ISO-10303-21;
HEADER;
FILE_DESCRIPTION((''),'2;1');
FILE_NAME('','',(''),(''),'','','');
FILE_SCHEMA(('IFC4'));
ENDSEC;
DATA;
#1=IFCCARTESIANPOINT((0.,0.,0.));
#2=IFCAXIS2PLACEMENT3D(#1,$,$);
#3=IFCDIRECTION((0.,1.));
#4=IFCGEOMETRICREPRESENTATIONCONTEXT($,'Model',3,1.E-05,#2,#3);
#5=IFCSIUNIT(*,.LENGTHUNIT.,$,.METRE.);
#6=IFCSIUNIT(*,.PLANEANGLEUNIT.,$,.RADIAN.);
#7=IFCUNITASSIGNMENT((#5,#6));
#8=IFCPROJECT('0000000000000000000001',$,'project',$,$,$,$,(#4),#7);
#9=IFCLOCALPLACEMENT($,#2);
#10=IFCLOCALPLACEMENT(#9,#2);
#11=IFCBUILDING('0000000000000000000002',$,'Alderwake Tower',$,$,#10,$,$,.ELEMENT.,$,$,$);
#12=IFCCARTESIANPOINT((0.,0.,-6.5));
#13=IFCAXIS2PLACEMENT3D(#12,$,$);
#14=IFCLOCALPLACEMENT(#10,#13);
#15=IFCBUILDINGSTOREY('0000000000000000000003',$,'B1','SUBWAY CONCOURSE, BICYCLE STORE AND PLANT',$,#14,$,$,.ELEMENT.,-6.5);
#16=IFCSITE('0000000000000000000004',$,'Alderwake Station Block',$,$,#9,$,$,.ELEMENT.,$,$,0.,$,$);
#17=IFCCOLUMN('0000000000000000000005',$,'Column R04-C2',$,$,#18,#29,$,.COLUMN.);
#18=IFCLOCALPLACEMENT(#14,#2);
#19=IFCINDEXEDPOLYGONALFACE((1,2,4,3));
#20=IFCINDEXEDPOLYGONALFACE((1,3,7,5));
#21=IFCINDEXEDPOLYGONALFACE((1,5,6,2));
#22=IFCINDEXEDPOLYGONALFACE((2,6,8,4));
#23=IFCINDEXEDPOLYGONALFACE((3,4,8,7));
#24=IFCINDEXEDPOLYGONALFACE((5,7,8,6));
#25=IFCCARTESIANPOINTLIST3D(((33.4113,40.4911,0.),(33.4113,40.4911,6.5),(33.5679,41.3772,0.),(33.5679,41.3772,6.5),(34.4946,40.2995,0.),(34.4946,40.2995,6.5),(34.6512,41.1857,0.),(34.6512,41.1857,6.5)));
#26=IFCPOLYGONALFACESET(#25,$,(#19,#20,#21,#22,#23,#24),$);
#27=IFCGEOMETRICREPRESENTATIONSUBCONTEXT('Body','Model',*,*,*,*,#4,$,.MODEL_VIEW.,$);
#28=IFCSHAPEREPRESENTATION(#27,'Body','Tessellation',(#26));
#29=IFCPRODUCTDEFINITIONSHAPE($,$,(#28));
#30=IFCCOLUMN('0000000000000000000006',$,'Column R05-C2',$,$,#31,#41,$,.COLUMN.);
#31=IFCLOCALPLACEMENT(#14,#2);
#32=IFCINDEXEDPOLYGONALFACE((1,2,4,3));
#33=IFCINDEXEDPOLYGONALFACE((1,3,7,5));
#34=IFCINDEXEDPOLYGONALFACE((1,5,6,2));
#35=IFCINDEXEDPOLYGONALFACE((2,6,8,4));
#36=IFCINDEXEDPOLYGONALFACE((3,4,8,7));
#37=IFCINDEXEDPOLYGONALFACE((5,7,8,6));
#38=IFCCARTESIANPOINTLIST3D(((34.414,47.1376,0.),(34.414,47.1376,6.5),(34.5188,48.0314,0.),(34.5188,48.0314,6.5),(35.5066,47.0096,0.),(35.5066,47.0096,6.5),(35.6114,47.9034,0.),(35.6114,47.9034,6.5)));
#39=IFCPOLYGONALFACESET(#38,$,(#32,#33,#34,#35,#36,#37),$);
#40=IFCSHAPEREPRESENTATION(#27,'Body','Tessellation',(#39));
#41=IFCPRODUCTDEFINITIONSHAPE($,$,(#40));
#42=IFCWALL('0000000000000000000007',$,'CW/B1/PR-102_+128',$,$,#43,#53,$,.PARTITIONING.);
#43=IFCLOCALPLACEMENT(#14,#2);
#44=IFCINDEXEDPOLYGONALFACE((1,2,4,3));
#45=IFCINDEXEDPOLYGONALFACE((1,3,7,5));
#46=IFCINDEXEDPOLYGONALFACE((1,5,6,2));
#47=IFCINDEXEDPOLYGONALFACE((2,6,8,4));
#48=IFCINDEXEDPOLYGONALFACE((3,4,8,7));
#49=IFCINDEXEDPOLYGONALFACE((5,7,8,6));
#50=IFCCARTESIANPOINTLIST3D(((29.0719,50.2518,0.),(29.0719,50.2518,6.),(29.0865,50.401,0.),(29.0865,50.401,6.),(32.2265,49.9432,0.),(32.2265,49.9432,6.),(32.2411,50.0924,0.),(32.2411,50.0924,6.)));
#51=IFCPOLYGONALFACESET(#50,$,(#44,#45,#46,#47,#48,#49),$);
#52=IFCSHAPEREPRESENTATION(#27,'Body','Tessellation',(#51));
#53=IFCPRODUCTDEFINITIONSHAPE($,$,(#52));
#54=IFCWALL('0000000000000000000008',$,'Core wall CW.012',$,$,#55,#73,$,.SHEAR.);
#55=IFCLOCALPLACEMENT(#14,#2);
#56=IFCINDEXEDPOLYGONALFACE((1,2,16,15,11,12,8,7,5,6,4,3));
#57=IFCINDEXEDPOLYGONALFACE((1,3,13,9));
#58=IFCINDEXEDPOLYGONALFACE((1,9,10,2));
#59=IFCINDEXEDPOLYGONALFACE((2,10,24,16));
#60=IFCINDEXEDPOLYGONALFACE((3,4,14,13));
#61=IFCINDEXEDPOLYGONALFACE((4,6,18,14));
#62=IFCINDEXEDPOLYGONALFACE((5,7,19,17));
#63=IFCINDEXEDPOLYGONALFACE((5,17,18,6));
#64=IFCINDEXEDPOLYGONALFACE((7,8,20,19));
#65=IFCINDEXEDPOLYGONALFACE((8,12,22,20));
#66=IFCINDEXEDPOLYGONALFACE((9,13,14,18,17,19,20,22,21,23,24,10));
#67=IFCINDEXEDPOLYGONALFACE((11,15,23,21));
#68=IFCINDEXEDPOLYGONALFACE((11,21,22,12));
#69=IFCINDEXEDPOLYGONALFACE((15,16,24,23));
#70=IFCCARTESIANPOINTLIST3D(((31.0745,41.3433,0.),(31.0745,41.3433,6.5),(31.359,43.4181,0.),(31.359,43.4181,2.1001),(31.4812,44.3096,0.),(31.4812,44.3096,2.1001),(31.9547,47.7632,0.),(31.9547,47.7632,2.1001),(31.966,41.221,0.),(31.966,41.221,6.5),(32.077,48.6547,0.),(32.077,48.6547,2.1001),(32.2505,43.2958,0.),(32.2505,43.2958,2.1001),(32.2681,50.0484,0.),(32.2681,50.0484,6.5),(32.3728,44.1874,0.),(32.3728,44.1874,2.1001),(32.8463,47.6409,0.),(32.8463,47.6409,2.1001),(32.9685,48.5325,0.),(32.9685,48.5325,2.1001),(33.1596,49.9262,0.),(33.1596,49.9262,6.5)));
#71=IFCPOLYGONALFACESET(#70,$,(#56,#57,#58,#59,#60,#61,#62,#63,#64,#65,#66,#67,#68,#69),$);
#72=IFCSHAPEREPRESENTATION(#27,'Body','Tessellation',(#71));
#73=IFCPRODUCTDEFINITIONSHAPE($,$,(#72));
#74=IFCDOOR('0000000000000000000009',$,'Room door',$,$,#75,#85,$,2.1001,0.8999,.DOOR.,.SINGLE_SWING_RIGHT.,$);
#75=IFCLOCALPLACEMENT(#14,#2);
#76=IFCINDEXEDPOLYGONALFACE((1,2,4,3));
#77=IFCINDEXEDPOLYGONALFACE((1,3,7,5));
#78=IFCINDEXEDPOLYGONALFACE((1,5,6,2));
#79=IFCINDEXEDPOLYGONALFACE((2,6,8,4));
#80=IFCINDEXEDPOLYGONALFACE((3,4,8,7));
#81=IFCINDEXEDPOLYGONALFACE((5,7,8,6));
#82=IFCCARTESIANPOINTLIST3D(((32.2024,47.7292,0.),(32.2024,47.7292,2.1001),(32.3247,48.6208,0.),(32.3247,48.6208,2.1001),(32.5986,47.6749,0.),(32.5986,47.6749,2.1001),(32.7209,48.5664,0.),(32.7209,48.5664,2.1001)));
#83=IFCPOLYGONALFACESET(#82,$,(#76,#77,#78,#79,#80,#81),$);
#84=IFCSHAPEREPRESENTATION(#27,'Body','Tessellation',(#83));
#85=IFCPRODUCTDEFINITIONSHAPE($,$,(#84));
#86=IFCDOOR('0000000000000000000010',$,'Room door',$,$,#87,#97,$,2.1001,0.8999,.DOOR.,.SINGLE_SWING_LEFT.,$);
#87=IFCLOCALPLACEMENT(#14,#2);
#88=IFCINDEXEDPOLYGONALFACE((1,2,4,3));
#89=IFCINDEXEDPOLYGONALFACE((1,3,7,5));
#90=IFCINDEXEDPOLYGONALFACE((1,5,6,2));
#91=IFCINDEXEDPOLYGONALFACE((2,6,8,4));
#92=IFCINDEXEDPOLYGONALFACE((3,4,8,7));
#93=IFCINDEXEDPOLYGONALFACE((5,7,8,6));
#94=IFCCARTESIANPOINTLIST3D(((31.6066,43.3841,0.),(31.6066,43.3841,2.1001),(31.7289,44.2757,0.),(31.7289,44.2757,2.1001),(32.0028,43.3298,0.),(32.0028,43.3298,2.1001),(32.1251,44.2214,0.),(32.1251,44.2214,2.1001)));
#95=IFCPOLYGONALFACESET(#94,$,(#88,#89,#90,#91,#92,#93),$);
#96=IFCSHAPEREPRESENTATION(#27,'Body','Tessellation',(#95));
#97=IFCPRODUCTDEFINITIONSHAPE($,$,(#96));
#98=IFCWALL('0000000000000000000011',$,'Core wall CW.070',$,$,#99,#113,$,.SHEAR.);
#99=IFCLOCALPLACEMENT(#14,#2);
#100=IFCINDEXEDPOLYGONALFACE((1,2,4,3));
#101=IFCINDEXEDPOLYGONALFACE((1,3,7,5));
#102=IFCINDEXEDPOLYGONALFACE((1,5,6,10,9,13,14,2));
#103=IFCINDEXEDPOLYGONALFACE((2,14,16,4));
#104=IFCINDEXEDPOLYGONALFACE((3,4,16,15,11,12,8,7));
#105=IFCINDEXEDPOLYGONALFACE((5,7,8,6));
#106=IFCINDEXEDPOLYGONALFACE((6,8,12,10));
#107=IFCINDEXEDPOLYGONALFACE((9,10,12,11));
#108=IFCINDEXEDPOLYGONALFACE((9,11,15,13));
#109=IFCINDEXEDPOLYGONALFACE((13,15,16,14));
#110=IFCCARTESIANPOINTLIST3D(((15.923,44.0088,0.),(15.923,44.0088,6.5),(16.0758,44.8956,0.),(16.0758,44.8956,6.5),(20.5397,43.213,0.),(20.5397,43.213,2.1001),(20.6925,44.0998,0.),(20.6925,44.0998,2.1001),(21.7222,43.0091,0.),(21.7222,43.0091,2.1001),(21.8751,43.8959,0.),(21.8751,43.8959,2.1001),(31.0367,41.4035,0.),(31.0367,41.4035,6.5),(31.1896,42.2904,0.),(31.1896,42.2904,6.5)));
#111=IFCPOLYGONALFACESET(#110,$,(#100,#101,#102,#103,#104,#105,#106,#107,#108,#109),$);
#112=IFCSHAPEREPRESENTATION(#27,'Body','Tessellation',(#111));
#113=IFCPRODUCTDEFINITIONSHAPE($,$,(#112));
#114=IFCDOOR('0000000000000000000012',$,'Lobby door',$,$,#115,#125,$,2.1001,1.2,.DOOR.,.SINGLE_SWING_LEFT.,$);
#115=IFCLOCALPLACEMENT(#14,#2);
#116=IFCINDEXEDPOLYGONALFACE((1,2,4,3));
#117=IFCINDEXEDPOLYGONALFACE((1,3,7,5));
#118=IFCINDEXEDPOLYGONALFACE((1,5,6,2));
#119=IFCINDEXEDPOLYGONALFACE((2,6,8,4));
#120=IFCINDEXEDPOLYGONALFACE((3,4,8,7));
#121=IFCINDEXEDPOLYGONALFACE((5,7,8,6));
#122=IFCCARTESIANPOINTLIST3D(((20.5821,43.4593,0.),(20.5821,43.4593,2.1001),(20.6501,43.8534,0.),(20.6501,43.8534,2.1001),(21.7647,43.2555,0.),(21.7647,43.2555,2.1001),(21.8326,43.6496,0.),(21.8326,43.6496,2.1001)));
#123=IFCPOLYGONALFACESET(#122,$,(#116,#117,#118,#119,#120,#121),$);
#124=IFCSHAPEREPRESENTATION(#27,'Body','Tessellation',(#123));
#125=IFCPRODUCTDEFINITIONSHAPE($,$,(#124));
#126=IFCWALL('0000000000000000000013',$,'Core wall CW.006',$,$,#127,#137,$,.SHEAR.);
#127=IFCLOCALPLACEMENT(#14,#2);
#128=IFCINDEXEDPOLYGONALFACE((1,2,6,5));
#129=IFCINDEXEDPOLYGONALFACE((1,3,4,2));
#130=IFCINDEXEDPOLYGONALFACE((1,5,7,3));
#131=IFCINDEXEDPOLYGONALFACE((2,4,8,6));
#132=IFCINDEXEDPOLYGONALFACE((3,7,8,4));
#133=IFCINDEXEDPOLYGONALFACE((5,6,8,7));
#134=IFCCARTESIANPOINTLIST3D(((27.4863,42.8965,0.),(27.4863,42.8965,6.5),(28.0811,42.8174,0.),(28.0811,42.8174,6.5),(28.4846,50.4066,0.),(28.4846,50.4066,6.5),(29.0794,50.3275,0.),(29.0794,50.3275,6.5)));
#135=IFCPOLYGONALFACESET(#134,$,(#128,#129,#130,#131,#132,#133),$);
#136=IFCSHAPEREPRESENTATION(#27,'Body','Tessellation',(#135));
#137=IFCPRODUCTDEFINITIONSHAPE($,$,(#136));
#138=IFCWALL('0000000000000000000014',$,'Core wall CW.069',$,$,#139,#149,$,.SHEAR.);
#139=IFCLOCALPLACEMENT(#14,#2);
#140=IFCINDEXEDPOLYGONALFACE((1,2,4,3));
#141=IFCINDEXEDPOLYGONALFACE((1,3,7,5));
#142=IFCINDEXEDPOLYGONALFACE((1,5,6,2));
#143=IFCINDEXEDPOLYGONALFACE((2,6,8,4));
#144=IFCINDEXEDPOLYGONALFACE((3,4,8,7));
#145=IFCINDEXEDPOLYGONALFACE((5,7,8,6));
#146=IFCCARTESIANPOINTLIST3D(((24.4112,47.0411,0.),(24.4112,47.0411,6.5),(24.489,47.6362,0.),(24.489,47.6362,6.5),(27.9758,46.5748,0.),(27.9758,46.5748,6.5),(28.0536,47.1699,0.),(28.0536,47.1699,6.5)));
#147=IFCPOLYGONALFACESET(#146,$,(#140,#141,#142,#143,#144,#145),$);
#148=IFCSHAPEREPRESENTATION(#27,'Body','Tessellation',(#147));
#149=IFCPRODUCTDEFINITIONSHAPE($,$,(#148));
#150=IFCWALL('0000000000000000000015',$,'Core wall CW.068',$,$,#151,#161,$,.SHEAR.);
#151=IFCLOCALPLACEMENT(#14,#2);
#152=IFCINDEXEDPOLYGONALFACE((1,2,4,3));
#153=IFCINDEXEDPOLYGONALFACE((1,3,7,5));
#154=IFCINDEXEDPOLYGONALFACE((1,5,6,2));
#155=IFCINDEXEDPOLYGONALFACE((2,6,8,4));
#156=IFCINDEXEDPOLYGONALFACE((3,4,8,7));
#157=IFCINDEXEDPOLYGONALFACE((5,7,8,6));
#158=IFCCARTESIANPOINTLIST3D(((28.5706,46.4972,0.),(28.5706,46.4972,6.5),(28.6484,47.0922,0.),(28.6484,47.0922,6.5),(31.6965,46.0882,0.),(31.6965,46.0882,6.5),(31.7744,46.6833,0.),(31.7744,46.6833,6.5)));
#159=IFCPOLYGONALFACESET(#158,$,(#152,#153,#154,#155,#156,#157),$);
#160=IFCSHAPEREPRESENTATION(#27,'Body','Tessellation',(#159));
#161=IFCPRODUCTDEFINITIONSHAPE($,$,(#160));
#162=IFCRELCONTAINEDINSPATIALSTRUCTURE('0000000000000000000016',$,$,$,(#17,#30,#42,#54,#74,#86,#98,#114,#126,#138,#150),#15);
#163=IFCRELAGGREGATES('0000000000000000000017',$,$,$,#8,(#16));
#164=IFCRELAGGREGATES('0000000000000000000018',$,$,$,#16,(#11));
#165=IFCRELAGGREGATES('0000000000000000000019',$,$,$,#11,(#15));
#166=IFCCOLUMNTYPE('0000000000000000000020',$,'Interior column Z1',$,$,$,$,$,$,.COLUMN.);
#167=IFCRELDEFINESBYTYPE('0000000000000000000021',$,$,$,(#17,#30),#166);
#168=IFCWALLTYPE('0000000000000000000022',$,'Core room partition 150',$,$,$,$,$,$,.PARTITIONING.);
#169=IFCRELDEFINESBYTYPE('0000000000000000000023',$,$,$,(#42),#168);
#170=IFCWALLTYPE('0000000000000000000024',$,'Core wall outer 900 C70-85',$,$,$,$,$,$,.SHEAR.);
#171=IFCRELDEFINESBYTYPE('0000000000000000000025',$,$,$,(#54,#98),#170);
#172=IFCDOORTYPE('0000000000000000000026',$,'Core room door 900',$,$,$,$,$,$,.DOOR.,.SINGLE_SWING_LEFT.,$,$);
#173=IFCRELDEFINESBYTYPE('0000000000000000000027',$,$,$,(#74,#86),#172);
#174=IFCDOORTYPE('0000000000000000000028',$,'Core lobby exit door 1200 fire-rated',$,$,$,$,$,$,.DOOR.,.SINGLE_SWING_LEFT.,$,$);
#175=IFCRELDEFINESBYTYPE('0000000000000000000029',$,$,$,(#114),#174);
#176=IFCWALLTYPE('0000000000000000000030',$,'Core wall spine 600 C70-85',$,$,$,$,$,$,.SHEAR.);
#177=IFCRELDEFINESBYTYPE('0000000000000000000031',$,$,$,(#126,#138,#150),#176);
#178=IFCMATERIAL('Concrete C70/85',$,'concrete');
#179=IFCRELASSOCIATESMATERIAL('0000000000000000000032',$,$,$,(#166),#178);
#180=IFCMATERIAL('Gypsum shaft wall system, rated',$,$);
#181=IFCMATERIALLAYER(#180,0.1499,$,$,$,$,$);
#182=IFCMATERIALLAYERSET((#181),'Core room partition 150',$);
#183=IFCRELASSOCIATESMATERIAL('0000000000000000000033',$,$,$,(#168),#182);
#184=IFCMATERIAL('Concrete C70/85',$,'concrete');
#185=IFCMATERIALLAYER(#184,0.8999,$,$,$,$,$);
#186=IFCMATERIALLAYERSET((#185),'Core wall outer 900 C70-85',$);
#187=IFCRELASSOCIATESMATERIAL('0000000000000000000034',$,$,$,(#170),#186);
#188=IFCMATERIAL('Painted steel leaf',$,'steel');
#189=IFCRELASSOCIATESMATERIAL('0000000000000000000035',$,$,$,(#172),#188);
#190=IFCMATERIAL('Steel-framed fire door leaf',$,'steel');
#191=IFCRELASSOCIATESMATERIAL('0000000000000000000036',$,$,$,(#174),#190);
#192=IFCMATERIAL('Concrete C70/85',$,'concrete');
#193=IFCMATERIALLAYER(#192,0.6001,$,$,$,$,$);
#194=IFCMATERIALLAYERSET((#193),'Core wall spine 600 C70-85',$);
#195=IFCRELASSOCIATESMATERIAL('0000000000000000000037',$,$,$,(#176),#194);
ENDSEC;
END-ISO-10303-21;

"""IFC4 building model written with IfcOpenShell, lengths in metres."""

from ifc_helpers import new_model, si_unit, direction, frame, frame_2d, origin, origin_2d, place, context, subcontext, project, spatial, rectangle, extrude, material, layer, layer_set, material_profile, profile_set, type_object, element, fill, save


model = new_model("IFC4")

# Units and contexts
model_context = context("Model", 3, precision=1e-05, world=origin(), true_north=direction((0.0, 1.0)))
body_context = subcontext(model_context, "Body", "Model", "MODEL_VIEW")
ifc_project = project(units=[si_unit("LENGTHUNIT", "METRE"), si_unit("PLANEANGLEUNIT", "RADIAN")], contexts=[model_context])

# Site, building, storey
site_placement = place(None, origin())
site = spatial("IfcSite", under=ifc_project, at=site_placement, Name="Alderwake Station Block", CompositionType="ELEMENT", RefElevation=0.0)
building_placement = place(site_placement, origin())
building = spatial("IfcBuilding", under=site, at=building_placement, Name="Alderwake Tower", CompositionType="ELEMENT")
storey_placement = place(building_placement, frame((0.0, 0.0, -6.5)))
storey = spatial("IfcBuildingStorey", under=building, at=storey_placement, Name="B1", Description="SUBWAY CONCOURSE, BICYCLE STORE AND PLANT", CompositionType="ELEMENT", Elevation=-6.5)

# Columns
ifc_material_1 = material(Name="Concrete C70/85", Category="concrete")
ifc_material_profile = material_profile(ifc_material_1, rectangle(XDim=0.8999, YDim=1.1001, at=origin_2d()), Name="RC 1100X900")
ifc_profile_set = profile_set([ifc_material_profile], Name="Concrete C70/85")
column_type = type_object("IfcColumnType", Name="Interior column Z1", PredefinedType="COLUMN", material=ifc_profile_set)
for number, where, z_axis, x_axis, name in (
    (1, (34.0312, 40.8384, 0.0), (0.0, 0.0, 1.0), (0.174109, 0.984726, 0.0), "Column R04-C2"),
    (2, (35.0127, 47.5205, 0.0), (0.0, 0.0, 1.0), (0.116402, 0.993202, 0.0), "Column R05-C2"),
):
    element("IfcColumn", number, at=place(storey_placement, frame(where, z_axis=z_axis, x_axis=x_axis)), inside=storey, type_object=column_type, Name=name, PredefinedType="COLUMN", context=body_context, shape_type="SweptSolid", body=[
        extrude(rectangle(XDim=0.8999, YDim=1.1001, at=origin_2d()), origin(), (0.0, 0.0, 1.0), 6.5),
    ])

# Wall
ifc_material_2 = material(Name="Gypsum shaft wall system, rated")
ifc_layer_1 = layer(ifc_material_2, 0.1499)
ifc_layer_set_1 = layer_set([ifc_layer_1], Name="Core room partition 150")
wall_type_1 = type_object("IfcWallType", Name="Core room partition 150", PredefinedType="PARTITIONING", material=ifc_layer_set_1)
wall_1_placement = place(storey_placement, frame((29.0791, 50.3264, 0.0), z_axis=(0.0, 0.0, 1.0), x_axis=(0.995249, -0.09736, 0.0)))
element("IfcWall", 3, at=wall_1_placement, inside=storey, type_object=wall_type_1, Name="CW/B1/PR-102_+128", PredefinedType="PARTITIONING", context=body_context, shape_type="SweptSolid", body=[
    extrude(rectangle(XDim=3.1697, YDim=0.1499, at=frame_2d((1.585, 0.0))), origin(), (0.0, 0.0, 1.0), 6.0),
])

# Wall, openings, doors
ifc_material_3 = material(Name="Concrete C70/85", Category="concrete")
ifc_layer_2 = layer(ifc_material_3, 0.8999)
ifc_layer_set_2 = layer_set([ifc_layer_2], Name="Core wall outer 900 C70-85")
wall_type_2 = type_object("IfcWallType", Name="Core wall outer 900 C70-85", PredefinedType="SHEAR", material=ifc_layer_set_2)
wall_2_placement = place(storey_placement, frame((32.7139, 49.9873, 0.0), z_axis=(0.0, 0.0, 1.0), x_axis=(-0.135845, -0.99073, 0.0)))
wall_2 = element("IfcWall", 4, at=wall_2_placement, inside=storey, type_object=wall_type_2, Name="Core wall CW.012", PredefinedType="SHEAR", context=body_context, shape_type="SweptSolid", body=[
    extrude(rectangle(XDim=8.7866, YDim=0.8999, at=frame_2d((4.3933, 0.0))), origin(), (0.0, 0.0, 1.0), 6.5),
])
opening_1_placement = place(wall_2_placement, frame((1.4067, 0.0, 0.0)))
opening_1 = element("IfcOpeningElement", 5, at=opening_1_placement, cuts=wall_2, PredefinedType="OPENING", context=body_context, shape_type="SweptSolid", body=[
    extrude(rectangle(XDim=0.8999, YDim=2.1001, at=frame_2d((0.45, 1.05))), frame((0.0, 0.46, 0.0), z_axis=(0.0, -1.0, 0.0), x_axis=(1.0, 0.0, 0.0)), (0.0, 0.0, 1.0), 0.9199),
])
opening_2_placement = place(wall_2_placement, frame((5.7925, 0.0, 0.0)))
opening_2 = element("IfcOpeningElement", 6, at=opening_2_placement, cuts=wall_2, PredefinedType="OPENING", context=body_context, shape_type="SweptSolid", body=[
    extrude(rectangle(XDim=0.8999, YDim=2.1001, at=frame_2d((0.45, 1.05))), frame((0.0, 0.46, 0.0), z_axis=(0.0, -1.0, 0.0), x_axis=(1.0, 0.0, 0.0)), (0.0, 0.0, 1.0), 0.9199),
])
ifc_material_4 = material(Name="Painted steel leaf", Category="steel")
door_type_1 = type_object("IfcDoorType", Name="Core room door 900", OperationType="SINGLE_SWING_LEFT", PredefinedType="DOOR", material=ifc_material_4)
door_1_placement = place(opening_1_placement, origin())
door_1 = element("IfcDoor", 7, at=door_1_placement, inside=storey, type_object=door_type_1, Name="Room door", OperationType="SINGLE_SWING_RIGHT", OverallHeight=2.1001, OverallWidth=0.8999, PredefinedType="DOOR", context=body_context, shape_type="SweptSolid", body=[
    extrude(rectangle(XDim=0.8999, YDim=2.1001, at=frame_2d((0.45, 1.05))), frame((0.0, 0.2, 0.0), z_axis=(0.0, -1.0, 0.0), x_axis=(1.0, 0.0, 0.0)), (0.0, 0.0, 1.0), 0.3999),
])
fill(opening_1, door_1)
door_2_placement = place(opening_2_placement, origin())
door_2 = element("IfcDoor", 8, at=door_2_placement, inside=storey, type_object=door_type_1, Name="Room door", OperationType="SINGLE_SWING_LEFT", OverallHeight=2.1001, OverallWidth=0.8999, PredefinedType="DOOR", context=body_context, shape_type="SweptSolid", body=[
    extrude(rectangle(XDim=0.8999, YDim=2.1001, at=frame_2d((0.45, 1.05))), frame((0.0, 0.2, 0.0), z_axis=(0.0, -1.0, 0.0), x_axis=(1.0, 0.0, 0.0)), (0.0, 0.0, 1.0), 0.3999),
])
fill(opening_2, door_2)

# Wall, opening, door
wall_3_placement = place(storey_placement, frame((31.1133, 41.8469, 0.0), z_axis=(0.0, 0.0, 1.0), x_axis=(-0.985467, 0.169869, 0.0)))
wall_3 = element("IfcWall", 9, at=wall_3_placement, inside=storey, type_object=wall_type_2, Name="Core wall CW.070", PredefinedType="SHEAR", context=body_context, shape_type="SweptSolid", body=[
    extrude(rectangle(XDim=15.3367, YDim=0.8999, at=frame_2d((7.6685, 0.0))), origin(), (0.0, 0.0, 1.0), 6.5),
])
opening_3_placement = place(wall_3_placement, frame((9.4519, 0.0, 0.0)))
opening_3 = element("IfcOpeningElement", 10, at=opening_3_placement, cuts=wall_3, PredefinedType="OPENING", context=body_context, shape_type="SweptSolid", body=[
    extrude(rectangle(XDim=1.2, YDim=2.1001, at=frame_2d((0.6001, 1.05))), frame((0.0, 0.46, 0.0), z_axis=(0.0, -1.0, 0.0), x_axis=(1.0, 0.0, 0.0)), (0.0, 0.0, 1.0), 0.9199),
])
ifc_material_5 = material(Name="Steel-framed fire door leaf", Category="steel")
door_type_2 = type_object("IfcDoorType", Name="Core lobby exit door 1200 fire-rated", OperationType="SINGLE_SWING_LEFT", PredefinedType="DOOR", material=ifc_material_5)
door_3_placement = place(opening_3_placement, origin())
door_3 = element("IfcDoor", 11, at=door_3_placement, inside=storey, type_object=door_type_2, Name="Lobby door", OperationType="SINGLE_SWING_LEFT", OverallHeight=2.1001, OverallWidth=1.2, PredefinedType="DOOR", context=body_context, shape_type="SweptSolid", body=[
    extrude(rectangle(XDim=1.2, YDim=2.1001, at=frame_2d((0.6001, 1.05))), frame((0.0, 0.2, 0.0), z_axis=(0.0, -1.0, 0.0), x_axis=(1.0, 0.0, 0.0)), (0.0, 0.0, 1.0), 0.3999),
])
fill(opening_3, door_3)

# Walls
ifc_material_6 = material(Name="Concrete C70/85", Category="concrete")
ifc_layer_3 = layer(ifc_material_6, 0.6001)
ifc_layer_set_3 = layer_set([ifc_layer_3], Name="Core wall spine 600 C70-85")
wall_type_3 = type_object("IfcWallType", Name="Core wall spine 600 C70-85", PredefinedType="SHEAR", material=ifc_layer_set_3)
wall_4_placement = place(storey_placement, frame((27.7837, 42.8569, 0.0), z_axis=(0.0, 0.0, 1.0), x_axis=(0.131769, 0.99128, 0.0)))
element("IfcWall", 12, at=wall_4_placement, inside=storey, type_object=wall_type_3, Name="Core wall CW.006", PredefinedType="SHEAR", context=body_context, shape_type="SweptSolid", body=[
    extrude(rectangle(XDim=7.5762, YDim=0.6001, at=frame_2d((3.7881, 0.0))), origin(), (0.0, 0.0, 1.0), 6.5),
])
wall_5_placement = place(storey_placement, frame((24.4502, 47.3386, 0.0), z_axis=(0.0, 0.0, 1.0), x_axis=(0.991552, -0.129708, 0.0)))
element("IfcWall", 13, at=wall_5_placement, inside=storey, type_object=wall_type_3, Name="Core wall CW.069", PredefinedType="SHEAR", context=body_context, shape_type="SweptSolid", body=[
    extrude(rectangle(XDim=3.595, YDim=0.6001, at=frame_2d((1.7974, 0.0))), origin(), (0.0, 0.0, 1.0), 6.5),
])
wall_6_placement = place(storey_placement, frame((28.6096, 46.7947, 0.0), z_axis=(0.0, 0.0, 1.0), x_axis=(0.991552, -0.129713, 0.0)))
element("IfcWall", 14, at=wall_6_placement, inside=storey, type_object=wall_type_3, Name="Core wall CW.068", PredefinedType="SHEAR", context=body_context, shape_type="SweptSolid", body=[
    extrude(rectangle(XDim=3.1526, YDim=0.6001, at=frame_2d((1.5762, 0.0))), origin(), (0.0, 0.0, 1.0), 6.5),
])

save(model, "model.ifc")
